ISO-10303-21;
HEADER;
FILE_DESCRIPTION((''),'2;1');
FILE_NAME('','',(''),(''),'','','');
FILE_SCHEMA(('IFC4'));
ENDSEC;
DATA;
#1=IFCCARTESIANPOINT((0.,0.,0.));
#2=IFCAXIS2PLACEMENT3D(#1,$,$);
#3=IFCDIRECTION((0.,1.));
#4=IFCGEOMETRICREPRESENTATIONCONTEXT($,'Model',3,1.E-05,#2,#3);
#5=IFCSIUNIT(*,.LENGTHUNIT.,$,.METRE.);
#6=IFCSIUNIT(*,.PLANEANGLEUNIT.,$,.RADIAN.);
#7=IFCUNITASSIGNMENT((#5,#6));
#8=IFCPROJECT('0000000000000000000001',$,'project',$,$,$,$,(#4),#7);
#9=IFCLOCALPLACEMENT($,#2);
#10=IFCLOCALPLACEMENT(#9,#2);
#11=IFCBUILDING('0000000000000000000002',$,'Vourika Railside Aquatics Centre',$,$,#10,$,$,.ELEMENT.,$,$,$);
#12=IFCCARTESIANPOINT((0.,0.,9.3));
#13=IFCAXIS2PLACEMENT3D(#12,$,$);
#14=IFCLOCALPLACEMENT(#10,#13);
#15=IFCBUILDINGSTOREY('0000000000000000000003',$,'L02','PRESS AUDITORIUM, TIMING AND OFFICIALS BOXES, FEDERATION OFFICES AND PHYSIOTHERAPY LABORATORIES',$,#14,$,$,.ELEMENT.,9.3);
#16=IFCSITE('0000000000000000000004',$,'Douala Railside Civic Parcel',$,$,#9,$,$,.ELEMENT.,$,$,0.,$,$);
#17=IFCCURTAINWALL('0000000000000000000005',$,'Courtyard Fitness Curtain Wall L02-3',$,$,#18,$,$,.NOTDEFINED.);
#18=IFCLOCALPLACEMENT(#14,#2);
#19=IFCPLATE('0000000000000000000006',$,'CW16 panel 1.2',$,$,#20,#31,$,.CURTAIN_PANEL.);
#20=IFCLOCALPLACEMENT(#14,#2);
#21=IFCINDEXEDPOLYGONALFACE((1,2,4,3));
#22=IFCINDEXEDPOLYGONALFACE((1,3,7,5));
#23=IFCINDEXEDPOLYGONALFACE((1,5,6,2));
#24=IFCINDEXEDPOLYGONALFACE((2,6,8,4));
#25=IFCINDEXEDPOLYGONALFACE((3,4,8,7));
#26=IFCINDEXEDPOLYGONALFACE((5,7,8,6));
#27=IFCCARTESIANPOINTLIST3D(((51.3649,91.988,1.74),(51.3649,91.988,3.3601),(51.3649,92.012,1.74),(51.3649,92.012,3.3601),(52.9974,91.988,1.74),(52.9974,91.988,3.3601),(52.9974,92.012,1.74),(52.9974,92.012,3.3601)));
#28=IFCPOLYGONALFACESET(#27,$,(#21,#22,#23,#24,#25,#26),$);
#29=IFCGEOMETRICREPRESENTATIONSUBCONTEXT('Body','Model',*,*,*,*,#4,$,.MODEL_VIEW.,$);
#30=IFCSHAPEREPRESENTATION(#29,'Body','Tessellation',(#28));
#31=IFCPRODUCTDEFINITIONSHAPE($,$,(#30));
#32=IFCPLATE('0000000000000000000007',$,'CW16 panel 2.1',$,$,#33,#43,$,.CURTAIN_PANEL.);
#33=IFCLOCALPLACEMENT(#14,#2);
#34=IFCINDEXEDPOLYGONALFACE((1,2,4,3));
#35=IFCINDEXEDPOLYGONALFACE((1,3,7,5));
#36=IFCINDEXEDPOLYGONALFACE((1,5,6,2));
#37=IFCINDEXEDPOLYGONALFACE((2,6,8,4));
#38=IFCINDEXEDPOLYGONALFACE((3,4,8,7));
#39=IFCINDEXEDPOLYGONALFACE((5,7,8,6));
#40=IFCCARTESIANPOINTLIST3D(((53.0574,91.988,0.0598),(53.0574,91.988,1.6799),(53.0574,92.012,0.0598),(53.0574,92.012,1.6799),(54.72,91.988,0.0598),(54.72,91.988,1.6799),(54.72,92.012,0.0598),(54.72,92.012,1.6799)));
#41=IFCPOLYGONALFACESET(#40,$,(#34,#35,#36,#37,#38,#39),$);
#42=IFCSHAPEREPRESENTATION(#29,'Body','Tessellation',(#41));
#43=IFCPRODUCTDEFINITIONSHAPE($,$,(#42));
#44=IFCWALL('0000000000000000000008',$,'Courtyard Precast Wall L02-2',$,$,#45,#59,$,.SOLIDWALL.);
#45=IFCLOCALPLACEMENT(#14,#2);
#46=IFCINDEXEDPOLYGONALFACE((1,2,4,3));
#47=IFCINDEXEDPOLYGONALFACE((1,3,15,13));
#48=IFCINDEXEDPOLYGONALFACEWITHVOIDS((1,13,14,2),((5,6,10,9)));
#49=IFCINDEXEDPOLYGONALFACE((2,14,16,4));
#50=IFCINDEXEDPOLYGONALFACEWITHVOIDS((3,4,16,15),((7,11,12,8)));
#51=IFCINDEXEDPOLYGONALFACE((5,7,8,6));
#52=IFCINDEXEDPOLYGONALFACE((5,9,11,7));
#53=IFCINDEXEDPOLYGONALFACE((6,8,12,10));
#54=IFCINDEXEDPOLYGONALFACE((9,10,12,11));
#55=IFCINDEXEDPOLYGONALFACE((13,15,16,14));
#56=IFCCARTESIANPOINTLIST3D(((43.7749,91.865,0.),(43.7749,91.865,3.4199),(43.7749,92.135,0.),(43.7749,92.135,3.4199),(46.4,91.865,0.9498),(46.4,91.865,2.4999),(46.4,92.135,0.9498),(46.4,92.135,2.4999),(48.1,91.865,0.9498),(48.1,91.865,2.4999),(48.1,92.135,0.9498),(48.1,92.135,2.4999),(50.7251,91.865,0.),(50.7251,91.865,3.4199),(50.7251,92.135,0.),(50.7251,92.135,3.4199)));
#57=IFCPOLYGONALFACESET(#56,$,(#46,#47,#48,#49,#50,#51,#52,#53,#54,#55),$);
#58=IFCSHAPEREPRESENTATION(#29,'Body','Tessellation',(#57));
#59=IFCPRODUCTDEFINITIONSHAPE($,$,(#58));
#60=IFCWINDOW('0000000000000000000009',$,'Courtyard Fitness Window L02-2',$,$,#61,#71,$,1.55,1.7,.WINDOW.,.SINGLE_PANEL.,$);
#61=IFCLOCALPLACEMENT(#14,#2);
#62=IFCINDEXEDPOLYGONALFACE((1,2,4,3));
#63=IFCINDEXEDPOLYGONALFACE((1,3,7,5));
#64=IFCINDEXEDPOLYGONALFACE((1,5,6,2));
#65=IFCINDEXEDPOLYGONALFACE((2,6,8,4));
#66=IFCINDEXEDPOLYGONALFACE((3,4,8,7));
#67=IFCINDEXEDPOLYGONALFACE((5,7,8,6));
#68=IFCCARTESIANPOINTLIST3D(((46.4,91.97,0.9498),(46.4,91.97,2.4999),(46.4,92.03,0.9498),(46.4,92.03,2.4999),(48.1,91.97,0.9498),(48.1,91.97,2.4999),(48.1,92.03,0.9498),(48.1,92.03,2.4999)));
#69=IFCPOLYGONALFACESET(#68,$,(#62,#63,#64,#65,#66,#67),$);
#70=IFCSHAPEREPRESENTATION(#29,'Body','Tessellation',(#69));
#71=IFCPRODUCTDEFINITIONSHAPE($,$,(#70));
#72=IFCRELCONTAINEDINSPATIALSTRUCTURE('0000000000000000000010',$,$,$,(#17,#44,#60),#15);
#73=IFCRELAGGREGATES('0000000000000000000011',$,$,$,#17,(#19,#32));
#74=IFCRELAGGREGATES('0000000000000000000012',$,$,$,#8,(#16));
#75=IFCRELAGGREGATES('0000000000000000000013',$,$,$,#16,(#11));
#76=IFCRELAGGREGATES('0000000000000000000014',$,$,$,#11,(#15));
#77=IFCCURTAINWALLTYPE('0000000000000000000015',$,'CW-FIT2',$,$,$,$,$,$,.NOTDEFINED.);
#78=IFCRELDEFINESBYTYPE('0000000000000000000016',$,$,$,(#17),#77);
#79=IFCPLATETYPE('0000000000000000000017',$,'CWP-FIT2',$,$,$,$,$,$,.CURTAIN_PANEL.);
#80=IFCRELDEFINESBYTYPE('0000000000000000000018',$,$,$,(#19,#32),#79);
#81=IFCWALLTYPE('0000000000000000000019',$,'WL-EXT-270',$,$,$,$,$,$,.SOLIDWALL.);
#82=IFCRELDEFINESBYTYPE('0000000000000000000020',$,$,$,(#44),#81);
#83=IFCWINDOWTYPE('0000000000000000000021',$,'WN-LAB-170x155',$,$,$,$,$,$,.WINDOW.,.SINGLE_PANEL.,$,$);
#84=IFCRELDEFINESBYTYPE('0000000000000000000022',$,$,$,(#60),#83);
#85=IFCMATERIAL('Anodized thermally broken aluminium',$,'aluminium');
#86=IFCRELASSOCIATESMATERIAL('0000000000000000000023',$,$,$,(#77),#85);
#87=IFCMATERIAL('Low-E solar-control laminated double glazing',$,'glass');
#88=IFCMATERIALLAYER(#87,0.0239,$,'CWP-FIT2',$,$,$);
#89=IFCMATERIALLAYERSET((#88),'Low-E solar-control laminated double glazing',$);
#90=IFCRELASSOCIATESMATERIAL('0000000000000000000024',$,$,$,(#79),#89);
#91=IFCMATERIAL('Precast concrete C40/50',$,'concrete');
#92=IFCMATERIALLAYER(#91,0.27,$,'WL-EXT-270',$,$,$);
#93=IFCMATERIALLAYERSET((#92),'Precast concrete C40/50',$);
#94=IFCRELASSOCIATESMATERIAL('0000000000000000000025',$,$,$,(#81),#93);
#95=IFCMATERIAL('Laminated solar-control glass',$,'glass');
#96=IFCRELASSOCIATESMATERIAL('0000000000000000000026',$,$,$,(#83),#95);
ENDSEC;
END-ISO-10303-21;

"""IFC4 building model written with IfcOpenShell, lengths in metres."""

from ifc_helpers import new_model, si_unit, direction, frame, frame_2d, origin, origin_2d, place, context, subcontext, project, spatial, rectangle, extrude, material, layer, layer_set, type_object, element, fill, aggregate, save


model = new_model("IFC4")

# Units and contexts
model_context = context("Model", 3, precision=1e-05, world=origin(), true_north=direction((0.0, 1.0)))
body_context = subcontext(model_context, "Body", "Model", "MODEL_VIEW")
ifc_project = project(units=[si_unit("LENGTHUNIT", "METRE"), si_unit("PLANEANGLEUNIT", "RADIAN")], contexts=[model_context])

# Site, building, storey
site_placement = place(None, origin())
site = spatial("IfcSite", under=ifc_project, at=site_placement, Name="Douala Railside Civic Parcel", CompositionType="ELEMENT", RefElevation=0.0)
building_placement = place(site_placement, origin())
building = spatial("IfcBuilding", under=site, at=building_placement, Name="Vourika Railside Aquatics Centre", CompositionType="ELEMENT")
storey_placement = place(building_placement, frame((0.0, 0.0, 9.3)))
storey = spatial("IfcBuildingStorey", under=building, at=storey_placement, Name="L02", Description="PRESS AUDITORIUM, TIMING AND OFFICIALS BOXES, FEDERATION OFFICES AND PHYSIOTHERAPY LABORATORIES", CompositionType="ELEMENT", Elevation=9.3)

# Curtain wall
ifc_material_1 = material(Name="Anodized thermally broken aluminium", Category="aluminium")
curtain_wall_type = type_object("IfcCurtainWallType", Name="CW-FIT2", PredefinedType="NOTDEFINED", material=ifc_material_1)
curtain_wall_1_placement = place(storey_placement, origin())
curtain_wall_1 = element("IfcCurtainWall", 1, at=curtain_wall_1_placement, inside=storey, type_object=curtain_wall_type, Name="Courtyard Fitness Curtain Wall L02-3", PredefinedType="NOTDEFINED")

# Plates
ifc_material_2 = material(Name="Low-E solar-control laminated double glazing", Category="glass")
ifc_layer_1 = layer(ifc_material_2, 0.0239, Name="CWP-FIT2")
ifc_layer_set_1 = layer_set([ifc_layer_1], Name="Low-E solar-control laminated double glazing")
plate_type = type_object("IfcPlateType", Name="CWP-FIT2", PredefinedType="CURTAIN_PANEL", material=ifc_layer_set_1)
plate_1_placement = place(storey_placement, frame((52.1812, 92.0, 1.74), z_axis=(0.0, 0.0, 1.0), x_axis=(1.0, 0.0, 0.0)))
plate_1 = element("IfcPlate", 2, at=plate_1_placement, type_object=plate_type, Name="CW16 panel 1.2", PredefinedType="CURTAIN_PANEL", context=body_context, shape_type="SweptSolid", body=[
    extrude(rectangle(XDim=1.6326, YDim=0.0239, at=origin_2d()), origin(), (0.0, 0.0, 1.0), 1.6201),
])
plate_2_placement = place(storey_placement, frame((53.8887, 92.0, 0.0598), z_axis=(0.0, 0.0, 1.0), x_axis=(1.0, 0.0, 0.0)))
plate_2 = element("IfcPlate", 3, at=plate_2_placement, type_object=plate_type, Name="CW16 panel 2.1", PredefinedType="CURTAIN_PANEL", context=body_context, shape_type="SweptSolid", body=[
    extrude(rectangle(XDim=1.6626, YDim=0.0239, at=origin_2d()), origin(), (0.0, 0.0, 1.0), 1.6201),
])
aggregate(curtain_wall_1, [plate_1, plate_2])

# Wall, opening, window
ifc_material_3 = material(Name="Precast concrete C40/50", Category="concrete")
ifc_layer_2 = layer(ifc_material_3, 0.27, Name="WL-EXT-270")
ifc_layer_set_2 = layer_set([ifc_layer_2], Name="Precast concrete C40/50")
wall_type = type_object("IfcWallType", Name="WL-EXT-270", PredefinedType="SOLIDWALL", material=ifc_layer_set_2)
wall_placement = place(storey_placement, frame((43.7749, 92.0, 0.0), z_axis=(0.0, 0.0, 1.0), x_axis=(1.0, 0.0, 0.0)))
wall = element("IfcWall", 4, at=wall_placement, inside=storey, type_object=wall_type, Name="Courtyard Precast Wall L02-2", PredefinedType="SOLIDWALL", context=body_context, shape_type="SweptSolid", body=[
    extrude(rectangle(XDim=6.9502, YDim=0.27, at=frame_2d((3.4751, 0.0))), origin(), (0.0, 0.0, 1.0), 3.4199),
])
opening_placement = place(wall_placement, frame((2.625, 0.0, 0.95)))
opening = element("IfcOpeningElement", 5, at=opening_placement, cuts=wall, PredefinedType="OPENING", context=body_context, shape_type="SweptSolid", body=[
    extrude(rectangle(XDim=1.7, YDim=1.55, at=frame_2d((0.8501, 0.7749))), frame((0.0, 0.145, 0.0), z_axis=(0.0, -1.0, 0.0), x_axis=(1.0, 0.0, 0.0)), (0.0, 0.0, 1.0), 0.29),
])
ifc_material_4 = material(Name="Laminated solar-control glass", Category="glass")
window_type = type_object("IfcWindowType", Name="WN-LAB-170x155", PartitioningType="SINGLE_PANEL", PredefinedType="WINDOW", material=ifc_material_4)
window_placement = place(opening_placement, origin())
window = element("IfcWindow", 6, at=window_placement, inside=storey, type_object=window_type, Name="Courtyard Fitness Window L02-2", OverallHeight=1.55, OverallWidth=1.7, PartitioningType="SINGLE_PANEL", PredefinedType="WINDOW", context=body_context, shape_type="SweptSolid", body=[
    extrude(rectangle(XDim=1.7, YDim=1.55, at=frame_2d((0.8501, 0.7749))), frame((0.0, 0.03, 0.0), z_axis=(0.0, -1.0, 0.0), x_axis=(1.0, 0.0, 0.0)), (0.0, 0.0, 1.0), 0.0601),
])
fill(opening, window)

save(model, "model.ifc")
